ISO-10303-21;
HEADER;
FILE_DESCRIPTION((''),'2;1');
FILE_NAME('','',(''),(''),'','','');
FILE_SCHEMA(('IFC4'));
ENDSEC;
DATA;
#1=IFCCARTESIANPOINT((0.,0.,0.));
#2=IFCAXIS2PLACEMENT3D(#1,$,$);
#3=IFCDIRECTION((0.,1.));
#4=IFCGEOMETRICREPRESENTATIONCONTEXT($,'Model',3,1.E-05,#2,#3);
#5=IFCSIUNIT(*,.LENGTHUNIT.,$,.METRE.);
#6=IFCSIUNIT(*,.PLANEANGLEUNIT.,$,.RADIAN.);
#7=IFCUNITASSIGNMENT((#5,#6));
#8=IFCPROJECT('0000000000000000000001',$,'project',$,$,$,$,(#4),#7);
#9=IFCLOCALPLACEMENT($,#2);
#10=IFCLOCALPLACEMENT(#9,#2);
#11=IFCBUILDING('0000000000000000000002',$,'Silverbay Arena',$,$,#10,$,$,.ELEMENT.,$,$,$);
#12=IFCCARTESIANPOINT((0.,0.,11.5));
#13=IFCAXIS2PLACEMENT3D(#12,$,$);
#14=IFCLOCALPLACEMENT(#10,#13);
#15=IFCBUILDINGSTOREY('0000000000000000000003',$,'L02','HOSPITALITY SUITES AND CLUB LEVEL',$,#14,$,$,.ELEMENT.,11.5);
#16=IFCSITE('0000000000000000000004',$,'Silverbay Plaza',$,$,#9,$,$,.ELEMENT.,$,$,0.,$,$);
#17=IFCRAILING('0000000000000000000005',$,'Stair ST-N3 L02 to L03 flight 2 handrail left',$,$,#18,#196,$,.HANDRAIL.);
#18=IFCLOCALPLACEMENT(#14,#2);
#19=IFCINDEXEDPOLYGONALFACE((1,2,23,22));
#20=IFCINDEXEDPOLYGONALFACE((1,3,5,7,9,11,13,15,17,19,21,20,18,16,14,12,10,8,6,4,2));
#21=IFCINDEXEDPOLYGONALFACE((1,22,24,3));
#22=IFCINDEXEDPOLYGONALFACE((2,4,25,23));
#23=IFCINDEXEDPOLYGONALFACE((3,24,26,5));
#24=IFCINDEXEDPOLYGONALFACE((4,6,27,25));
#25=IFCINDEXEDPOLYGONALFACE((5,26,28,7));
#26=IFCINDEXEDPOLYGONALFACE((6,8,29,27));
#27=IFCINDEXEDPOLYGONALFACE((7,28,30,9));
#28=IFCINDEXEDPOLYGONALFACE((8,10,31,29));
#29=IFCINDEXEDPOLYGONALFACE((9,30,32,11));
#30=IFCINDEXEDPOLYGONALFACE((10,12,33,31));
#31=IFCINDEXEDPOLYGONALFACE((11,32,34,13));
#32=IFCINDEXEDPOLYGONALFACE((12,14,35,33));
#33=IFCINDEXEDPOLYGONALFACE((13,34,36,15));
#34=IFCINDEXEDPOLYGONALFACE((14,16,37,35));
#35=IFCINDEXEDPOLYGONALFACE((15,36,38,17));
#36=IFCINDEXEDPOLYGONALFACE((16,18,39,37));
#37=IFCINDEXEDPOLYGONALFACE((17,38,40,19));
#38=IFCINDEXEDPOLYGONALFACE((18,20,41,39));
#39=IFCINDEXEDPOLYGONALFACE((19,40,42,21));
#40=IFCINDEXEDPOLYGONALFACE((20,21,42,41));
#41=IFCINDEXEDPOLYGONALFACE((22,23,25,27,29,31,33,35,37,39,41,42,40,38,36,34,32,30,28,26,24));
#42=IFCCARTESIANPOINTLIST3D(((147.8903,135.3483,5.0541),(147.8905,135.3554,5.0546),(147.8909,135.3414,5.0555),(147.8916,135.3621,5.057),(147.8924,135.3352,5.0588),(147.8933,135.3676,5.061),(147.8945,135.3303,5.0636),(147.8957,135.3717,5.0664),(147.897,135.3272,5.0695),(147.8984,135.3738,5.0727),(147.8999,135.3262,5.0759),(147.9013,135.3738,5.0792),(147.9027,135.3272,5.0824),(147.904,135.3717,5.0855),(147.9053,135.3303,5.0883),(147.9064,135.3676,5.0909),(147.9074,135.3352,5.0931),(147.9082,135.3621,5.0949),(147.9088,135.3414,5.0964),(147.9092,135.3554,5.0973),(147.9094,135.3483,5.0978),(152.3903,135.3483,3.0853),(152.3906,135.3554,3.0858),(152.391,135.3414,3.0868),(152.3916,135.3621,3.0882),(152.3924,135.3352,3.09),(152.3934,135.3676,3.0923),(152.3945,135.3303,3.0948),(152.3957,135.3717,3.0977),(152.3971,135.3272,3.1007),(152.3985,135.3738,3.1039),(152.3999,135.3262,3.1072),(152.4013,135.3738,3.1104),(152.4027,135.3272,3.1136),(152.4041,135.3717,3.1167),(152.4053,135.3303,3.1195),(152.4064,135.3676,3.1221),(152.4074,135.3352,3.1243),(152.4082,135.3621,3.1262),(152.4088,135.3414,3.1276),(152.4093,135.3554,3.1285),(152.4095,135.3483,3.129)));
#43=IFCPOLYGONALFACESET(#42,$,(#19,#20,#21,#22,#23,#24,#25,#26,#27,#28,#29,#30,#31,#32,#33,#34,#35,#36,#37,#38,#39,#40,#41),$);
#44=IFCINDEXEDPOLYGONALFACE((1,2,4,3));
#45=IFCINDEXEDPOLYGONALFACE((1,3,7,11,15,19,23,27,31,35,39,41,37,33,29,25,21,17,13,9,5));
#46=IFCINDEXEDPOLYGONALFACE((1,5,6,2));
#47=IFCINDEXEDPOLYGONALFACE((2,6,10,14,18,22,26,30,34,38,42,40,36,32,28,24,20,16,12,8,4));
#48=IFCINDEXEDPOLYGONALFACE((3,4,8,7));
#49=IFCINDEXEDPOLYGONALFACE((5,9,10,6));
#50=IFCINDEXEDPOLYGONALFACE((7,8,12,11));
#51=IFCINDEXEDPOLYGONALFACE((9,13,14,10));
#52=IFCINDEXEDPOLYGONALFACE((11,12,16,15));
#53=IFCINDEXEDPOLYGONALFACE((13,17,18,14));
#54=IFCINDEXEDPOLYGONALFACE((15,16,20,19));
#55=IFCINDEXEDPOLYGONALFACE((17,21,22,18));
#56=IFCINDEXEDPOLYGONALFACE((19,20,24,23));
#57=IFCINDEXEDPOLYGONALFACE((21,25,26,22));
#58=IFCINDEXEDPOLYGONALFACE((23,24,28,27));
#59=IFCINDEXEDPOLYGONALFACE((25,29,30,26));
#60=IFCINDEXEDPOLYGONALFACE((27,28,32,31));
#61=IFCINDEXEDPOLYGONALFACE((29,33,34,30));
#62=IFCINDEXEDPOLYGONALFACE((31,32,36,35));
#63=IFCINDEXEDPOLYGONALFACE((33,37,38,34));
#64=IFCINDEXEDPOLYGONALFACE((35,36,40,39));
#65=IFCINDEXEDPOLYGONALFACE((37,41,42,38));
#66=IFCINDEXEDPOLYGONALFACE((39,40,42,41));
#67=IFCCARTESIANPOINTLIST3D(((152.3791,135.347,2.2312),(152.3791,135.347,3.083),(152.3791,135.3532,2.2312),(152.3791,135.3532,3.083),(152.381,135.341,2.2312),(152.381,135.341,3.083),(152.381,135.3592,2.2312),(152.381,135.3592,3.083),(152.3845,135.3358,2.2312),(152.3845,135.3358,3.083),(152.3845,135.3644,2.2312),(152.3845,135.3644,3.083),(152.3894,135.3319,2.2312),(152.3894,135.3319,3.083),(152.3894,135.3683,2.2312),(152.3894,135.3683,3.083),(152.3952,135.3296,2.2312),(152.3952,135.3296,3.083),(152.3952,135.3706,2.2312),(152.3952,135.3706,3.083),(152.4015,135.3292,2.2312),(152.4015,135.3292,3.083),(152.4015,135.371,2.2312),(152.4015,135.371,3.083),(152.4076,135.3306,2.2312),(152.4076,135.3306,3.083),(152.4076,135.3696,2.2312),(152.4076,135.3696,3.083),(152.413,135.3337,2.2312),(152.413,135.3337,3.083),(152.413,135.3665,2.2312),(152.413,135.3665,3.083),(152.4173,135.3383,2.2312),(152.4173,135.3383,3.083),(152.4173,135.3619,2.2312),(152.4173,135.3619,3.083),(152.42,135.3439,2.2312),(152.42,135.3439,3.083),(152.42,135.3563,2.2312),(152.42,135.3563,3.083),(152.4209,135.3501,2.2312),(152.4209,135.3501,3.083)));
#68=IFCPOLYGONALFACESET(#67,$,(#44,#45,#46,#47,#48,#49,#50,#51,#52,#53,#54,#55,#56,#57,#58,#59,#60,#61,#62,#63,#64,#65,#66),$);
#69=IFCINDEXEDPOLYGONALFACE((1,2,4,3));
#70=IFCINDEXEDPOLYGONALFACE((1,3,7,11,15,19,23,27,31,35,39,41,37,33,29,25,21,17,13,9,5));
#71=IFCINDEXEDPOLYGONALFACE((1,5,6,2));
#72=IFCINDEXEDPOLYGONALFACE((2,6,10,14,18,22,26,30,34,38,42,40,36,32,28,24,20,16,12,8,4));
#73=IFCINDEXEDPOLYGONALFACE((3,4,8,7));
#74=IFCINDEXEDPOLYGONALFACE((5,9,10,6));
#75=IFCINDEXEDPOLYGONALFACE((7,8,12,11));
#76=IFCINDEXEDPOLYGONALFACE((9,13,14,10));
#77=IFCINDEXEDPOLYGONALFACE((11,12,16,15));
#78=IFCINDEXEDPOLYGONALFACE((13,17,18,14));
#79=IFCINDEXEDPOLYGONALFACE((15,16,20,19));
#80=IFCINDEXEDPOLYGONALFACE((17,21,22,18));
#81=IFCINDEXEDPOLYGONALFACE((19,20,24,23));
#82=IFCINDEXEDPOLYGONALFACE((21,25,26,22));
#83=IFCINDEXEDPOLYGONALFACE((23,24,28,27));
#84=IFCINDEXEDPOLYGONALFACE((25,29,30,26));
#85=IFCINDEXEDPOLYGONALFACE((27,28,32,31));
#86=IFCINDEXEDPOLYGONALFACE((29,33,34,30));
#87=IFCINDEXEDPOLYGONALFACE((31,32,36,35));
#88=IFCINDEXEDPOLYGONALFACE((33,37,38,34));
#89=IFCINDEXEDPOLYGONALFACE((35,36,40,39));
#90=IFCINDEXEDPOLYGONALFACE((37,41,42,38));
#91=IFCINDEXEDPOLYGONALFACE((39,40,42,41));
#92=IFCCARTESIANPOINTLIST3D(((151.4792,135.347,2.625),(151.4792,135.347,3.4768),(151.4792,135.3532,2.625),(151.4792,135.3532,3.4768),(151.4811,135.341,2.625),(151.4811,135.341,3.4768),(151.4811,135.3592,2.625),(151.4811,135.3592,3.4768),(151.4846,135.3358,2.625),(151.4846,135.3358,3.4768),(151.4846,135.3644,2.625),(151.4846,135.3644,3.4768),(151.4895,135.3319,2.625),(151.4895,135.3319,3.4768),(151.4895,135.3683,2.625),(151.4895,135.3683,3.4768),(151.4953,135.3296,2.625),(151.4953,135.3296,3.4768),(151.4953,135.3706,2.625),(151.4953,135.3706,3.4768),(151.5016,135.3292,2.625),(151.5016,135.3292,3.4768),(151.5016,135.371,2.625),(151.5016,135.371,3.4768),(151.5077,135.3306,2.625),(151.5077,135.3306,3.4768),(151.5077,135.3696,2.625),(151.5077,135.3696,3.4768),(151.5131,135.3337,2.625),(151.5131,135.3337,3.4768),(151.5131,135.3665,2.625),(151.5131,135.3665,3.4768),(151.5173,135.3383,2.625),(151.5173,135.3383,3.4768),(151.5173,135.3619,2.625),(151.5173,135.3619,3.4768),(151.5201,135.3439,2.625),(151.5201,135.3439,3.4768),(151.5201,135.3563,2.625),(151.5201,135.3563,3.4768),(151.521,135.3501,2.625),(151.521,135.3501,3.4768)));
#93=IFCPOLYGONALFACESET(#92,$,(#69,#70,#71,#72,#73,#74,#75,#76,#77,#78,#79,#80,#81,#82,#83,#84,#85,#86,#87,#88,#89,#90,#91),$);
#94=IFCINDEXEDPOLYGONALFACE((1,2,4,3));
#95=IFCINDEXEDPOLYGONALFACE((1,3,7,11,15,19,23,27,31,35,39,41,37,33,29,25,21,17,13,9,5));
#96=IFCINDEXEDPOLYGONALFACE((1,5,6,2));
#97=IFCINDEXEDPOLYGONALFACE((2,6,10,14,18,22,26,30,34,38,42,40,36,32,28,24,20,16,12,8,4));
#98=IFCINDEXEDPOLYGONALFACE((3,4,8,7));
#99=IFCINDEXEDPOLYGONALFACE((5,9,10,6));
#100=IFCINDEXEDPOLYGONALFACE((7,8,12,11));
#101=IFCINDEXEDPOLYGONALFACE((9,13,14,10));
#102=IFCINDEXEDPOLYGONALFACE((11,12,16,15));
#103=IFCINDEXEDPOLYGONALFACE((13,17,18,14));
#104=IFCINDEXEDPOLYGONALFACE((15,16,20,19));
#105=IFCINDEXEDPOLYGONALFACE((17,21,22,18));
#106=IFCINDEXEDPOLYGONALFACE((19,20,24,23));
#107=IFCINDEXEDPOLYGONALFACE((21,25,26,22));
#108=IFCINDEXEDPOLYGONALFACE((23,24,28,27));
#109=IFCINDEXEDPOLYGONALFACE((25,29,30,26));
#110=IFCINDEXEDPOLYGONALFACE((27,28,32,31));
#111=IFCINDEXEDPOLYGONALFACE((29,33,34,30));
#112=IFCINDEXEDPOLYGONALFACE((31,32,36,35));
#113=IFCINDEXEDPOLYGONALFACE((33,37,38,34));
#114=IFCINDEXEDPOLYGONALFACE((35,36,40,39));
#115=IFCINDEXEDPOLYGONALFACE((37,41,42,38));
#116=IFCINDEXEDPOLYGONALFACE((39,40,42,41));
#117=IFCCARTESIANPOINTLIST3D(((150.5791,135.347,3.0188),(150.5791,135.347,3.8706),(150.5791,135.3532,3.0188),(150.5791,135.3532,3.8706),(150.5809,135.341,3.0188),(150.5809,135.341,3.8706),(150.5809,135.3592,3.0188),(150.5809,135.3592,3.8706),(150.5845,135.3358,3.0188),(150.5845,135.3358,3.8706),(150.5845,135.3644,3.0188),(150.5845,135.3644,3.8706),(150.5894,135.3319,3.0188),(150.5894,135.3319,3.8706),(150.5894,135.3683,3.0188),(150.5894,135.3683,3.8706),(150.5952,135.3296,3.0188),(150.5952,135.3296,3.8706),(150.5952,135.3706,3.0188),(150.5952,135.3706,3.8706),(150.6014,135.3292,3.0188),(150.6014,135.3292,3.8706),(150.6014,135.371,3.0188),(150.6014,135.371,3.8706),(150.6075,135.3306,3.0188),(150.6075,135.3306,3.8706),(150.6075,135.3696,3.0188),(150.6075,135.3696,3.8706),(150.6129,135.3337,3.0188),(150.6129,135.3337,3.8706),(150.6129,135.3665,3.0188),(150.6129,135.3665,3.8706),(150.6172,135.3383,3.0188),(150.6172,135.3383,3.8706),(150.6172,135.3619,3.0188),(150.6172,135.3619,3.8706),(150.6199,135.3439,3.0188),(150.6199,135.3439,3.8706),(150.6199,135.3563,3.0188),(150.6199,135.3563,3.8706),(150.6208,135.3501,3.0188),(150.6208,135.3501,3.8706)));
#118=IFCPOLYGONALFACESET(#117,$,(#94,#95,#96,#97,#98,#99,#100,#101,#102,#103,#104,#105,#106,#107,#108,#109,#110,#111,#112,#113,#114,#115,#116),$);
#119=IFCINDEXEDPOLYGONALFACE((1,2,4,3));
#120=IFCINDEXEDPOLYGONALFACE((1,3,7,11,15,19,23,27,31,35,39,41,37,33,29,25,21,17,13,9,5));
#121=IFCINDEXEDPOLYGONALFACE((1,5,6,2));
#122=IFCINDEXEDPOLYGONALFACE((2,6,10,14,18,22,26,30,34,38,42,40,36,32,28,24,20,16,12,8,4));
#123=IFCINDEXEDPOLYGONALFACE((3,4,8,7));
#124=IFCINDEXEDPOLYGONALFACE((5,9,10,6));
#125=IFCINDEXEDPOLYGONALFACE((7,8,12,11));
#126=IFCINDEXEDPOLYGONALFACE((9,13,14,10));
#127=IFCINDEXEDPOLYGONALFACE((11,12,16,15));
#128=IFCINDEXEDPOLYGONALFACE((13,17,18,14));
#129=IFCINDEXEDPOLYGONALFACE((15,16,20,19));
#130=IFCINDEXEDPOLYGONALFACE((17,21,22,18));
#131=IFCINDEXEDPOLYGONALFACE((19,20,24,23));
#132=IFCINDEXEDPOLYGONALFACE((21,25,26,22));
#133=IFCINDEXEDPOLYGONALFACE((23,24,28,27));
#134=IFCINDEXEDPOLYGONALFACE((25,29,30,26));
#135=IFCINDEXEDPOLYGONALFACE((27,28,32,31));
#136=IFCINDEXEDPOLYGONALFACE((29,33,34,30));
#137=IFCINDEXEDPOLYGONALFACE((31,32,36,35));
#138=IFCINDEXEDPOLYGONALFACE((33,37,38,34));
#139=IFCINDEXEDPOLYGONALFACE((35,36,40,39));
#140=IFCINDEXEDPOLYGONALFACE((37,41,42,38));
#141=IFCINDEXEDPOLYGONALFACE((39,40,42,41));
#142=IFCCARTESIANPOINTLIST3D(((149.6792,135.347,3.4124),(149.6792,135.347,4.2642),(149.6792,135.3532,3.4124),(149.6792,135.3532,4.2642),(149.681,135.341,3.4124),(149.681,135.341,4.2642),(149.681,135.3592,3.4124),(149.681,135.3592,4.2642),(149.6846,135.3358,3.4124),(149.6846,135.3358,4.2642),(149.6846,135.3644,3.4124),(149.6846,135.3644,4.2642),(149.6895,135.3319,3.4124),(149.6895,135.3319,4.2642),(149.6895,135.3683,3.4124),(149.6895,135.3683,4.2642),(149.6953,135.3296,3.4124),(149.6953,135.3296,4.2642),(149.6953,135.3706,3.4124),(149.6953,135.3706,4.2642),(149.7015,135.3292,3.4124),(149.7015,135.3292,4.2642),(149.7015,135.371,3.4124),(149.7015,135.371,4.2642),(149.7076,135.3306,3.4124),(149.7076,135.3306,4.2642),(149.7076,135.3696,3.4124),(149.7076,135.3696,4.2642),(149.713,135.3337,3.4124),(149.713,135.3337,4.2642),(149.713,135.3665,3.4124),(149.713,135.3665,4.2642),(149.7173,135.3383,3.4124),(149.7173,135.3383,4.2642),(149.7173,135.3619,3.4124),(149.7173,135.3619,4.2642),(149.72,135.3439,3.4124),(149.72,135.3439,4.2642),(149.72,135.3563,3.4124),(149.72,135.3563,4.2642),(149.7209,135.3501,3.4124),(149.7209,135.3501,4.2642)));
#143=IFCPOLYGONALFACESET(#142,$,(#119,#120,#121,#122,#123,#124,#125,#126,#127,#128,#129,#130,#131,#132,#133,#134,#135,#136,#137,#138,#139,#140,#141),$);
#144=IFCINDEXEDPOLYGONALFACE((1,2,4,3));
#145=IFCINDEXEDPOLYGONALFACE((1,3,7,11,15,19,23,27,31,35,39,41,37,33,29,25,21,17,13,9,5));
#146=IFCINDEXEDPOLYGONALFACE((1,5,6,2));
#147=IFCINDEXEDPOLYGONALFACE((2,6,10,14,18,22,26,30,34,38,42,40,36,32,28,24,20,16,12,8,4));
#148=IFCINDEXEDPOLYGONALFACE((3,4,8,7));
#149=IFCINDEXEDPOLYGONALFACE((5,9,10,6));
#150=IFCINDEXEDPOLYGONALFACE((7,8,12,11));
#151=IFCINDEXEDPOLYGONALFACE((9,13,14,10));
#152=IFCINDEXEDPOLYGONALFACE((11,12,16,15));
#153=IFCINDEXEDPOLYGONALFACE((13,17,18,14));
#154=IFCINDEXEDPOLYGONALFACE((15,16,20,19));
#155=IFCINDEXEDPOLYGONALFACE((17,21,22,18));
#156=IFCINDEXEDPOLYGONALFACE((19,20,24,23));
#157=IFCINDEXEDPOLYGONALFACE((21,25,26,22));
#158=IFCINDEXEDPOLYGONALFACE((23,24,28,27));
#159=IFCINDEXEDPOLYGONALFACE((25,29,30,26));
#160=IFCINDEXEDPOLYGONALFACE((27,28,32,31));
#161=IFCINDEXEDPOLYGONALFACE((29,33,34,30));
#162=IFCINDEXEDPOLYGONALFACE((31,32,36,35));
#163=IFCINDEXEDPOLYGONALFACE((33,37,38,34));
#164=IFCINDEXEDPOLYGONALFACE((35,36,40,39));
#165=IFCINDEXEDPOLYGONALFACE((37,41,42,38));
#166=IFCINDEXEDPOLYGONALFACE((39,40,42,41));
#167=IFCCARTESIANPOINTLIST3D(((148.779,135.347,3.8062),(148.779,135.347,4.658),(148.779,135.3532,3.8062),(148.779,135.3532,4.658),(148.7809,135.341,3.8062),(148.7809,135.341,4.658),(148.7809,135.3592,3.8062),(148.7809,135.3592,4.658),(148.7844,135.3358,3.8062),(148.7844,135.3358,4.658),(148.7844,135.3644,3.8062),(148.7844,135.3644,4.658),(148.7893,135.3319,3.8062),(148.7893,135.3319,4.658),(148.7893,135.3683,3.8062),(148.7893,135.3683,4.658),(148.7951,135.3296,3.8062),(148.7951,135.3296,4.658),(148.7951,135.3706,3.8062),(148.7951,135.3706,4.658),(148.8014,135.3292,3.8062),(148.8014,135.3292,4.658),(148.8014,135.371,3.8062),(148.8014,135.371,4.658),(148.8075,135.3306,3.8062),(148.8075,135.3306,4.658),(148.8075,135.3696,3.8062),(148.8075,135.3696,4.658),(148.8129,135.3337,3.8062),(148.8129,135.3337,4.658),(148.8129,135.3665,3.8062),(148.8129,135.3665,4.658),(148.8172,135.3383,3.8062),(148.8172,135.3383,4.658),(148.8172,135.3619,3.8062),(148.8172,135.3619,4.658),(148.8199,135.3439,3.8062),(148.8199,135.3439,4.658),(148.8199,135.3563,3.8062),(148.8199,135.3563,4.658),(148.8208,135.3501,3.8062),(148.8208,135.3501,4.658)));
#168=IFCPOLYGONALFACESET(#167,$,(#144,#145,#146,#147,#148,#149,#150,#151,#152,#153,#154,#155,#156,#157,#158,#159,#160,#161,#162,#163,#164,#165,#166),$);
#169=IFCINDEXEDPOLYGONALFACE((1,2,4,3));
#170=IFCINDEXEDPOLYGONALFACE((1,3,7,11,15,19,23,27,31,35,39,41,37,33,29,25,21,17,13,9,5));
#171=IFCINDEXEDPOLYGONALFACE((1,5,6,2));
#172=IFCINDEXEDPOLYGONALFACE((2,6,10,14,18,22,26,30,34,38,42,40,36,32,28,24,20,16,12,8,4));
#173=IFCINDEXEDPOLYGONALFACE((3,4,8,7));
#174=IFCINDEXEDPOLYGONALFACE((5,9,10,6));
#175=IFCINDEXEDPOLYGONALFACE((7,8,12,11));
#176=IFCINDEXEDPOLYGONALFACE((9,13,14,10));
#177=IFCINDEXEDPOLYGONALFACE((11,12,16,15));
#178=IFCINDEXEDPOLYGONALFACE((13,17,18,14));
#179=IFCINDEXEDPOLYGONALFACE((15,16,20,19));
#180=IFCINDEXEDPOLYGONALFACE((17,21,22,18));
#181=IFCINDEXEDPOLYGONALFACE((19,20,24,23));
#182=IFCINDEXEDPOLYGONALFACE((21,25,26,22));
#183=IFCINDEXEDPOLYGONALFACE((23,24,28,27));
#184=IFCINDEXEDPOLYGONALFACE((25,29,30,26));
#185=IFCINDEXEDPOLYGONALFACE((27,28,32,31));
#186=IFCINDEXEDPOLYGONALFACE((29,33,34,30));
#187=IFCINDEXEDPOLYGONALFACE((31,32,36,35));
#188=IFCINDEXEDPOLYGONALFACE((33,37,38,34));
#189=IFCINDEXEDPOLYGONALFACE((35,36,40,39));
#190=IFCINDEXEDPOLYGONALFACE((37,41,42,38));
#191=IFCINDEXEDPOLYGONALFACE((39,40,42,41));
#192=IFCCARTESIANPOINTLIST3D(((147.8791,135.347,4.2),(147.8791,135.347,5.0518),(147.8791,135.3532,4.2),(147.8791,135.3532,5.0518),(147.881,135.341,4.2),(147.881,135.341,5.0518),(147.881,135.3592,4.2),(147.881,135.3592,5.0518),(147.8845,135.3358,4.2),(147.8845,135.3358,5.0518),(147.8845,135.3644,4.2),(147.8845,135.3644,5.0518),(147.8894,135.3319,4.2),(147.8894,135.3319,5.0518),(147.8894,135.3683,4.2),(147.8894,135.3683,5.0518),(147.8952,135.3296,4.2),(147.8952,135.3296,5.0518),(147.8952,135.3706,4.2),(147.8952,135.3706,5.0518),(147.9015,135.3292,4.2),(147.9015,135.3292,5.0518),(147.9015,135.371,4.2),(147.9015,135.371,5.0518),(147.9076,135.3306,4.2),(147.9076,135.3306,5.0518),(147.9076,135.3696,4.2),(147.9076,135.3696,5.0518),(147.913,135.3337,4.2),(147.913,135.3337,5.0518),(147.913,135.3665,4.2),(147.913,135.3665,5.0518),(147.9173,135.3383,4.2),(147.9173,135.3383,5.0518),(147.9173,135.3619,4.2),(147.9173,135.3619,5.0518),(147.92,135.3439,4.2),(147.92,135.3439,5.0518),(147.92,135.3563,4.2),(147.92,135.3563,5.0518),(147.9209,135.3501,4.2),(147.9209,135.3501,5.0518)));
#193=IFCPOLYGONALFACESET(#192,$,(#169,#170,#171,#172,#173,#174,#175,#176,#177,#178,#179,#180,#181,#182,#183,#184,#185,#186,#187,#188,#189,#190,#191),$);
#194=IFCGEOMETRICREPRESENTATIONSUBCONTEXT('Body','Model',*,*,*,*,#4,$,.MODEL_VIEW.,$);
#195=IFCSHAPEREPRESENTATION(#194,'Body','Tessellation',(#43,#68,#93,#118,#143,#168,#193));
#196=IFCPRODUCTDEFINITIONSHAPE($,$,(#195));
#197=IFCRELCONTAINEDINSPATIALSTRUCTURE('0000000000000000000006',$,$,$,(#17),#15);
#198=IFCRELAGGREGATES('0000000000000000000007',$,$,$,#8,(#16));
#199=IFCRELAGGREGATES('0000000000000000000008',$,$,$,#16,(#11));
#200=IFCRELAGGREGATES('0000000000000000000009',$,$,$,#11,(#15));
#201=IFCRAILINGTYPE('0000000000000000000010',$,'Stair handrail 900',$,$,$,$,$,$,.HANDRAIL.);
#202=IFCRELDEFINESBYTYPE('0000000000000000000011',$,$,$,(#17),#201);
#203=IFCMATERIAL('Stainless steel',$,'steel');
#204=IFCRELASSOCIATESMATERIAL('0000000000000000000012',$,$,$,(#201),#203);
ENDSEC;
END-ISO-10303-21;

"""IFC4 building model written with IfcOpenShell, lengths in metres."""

from ifc_helpers import new_model, si_unit, direction, frame, origin, origin_2d, place, context, subcontext, project, spatial, circle, extrude, material, type_object, element, save


model = new_model("IFC4")

# Units and contexts
model_context = context("Model", 3, precision=1e-05, world=origin(), true_north=direction((0.0, 1.0)))
body_context = subcontext(model_context, "Body", "Model", "MODEL_VIEW")
ifc_project = project(units=[si_unit("LENGTHUNIT", "METRE"), si_unit("PLANEANGLEUNIT", "RADIAN")], contexts=[model_context])

# Site, building, storey
site_placement = place(None, origin())
site = spatial("IfcSite", under=ifc_project, at=site_placement, Name="Silverbay Plaza", CompositionType="ELEMENT", RefElevation=0.0)
building_placement = place(site_placement, origin())
building = spatial("IfcBuilding", under=site, at=building_placement, Name="Silverbay Arena", CompositionType="ELEMENT")
storey_placement = place(building_placement, frame((0.0, 0.0, 11.5)))
storey = spatial("IfcBuildingStorey", under=building, at=storey_placement, Name="L02", Description="HOSPITALITY SUITES AND CLUB LEVEL", CompositionType="ELEMENT", Elevation=11.5)

# Railing
ifc_material_1 = material(Name="Stainless steel", Category="steel")
railing_type_1 = type_object("IfcRailingType", Name="Stair handrail 900", PredefinedType="HANDRAIL", material=ifc_material_1)
for number, where, name in (
    (1, (152.3999, 135.3501, 2.2312), "Stair ST-N3 L02 to L03 flight 2 handrail left"),
):
    element("IfcRailing", number, at=place(storey_placement, frame(where)), inside=storey, type_object=railing_type_1, Name=name, PredefinedType="HANDRAIL", context=body_context, shape_type="SweptSolid", body=[
        extrude(circle(Radius=0.0239, at=origin_2d()), frame((0.0, 0.0, 0.876), z_axis=(-0.916157, 0.0, 0.400819), x_axis=(0.0, -1.0, 0.0)), (0.0, 0.0, 1.0), 4.9119),
        extrude(circle(Radius=0.021, at=origin_2d()), origin(), (0.0, 0.0, 1.0), 0.8518),
        extrude(circle(Radius=0.021, at=origin_2d()), frame((-0.8999, 0.0, 0.3938)), (0.0, 0.0, 1.0), 0.8518),
        extrude(circle(Radius=0.021, at=origin_2d()), frame((-1.8, 0.0, 0.7876)), (0.0, 0.0, 1.0), 0.8518),
        extrude(circle(Radius=0.021, at=origin_2d()), frame((-2.7, 0.0, 1.1812)), (0.0, 0.0, 1.0), 0.8518),
        extrude(circle(Radius=0.021, at=origin_2d()), frame((-3.6001, 0.0, 1.575)), (0.0, 0.0, 1.0), 0.8518),
        extrude(circle(Radius=0.021, at=origin_2d()), frame((-4.5, 0.0, 1.9688)), (0.0, 0.0, 1.0), 0.8518),
    ])

save(model, "model.ifc")
